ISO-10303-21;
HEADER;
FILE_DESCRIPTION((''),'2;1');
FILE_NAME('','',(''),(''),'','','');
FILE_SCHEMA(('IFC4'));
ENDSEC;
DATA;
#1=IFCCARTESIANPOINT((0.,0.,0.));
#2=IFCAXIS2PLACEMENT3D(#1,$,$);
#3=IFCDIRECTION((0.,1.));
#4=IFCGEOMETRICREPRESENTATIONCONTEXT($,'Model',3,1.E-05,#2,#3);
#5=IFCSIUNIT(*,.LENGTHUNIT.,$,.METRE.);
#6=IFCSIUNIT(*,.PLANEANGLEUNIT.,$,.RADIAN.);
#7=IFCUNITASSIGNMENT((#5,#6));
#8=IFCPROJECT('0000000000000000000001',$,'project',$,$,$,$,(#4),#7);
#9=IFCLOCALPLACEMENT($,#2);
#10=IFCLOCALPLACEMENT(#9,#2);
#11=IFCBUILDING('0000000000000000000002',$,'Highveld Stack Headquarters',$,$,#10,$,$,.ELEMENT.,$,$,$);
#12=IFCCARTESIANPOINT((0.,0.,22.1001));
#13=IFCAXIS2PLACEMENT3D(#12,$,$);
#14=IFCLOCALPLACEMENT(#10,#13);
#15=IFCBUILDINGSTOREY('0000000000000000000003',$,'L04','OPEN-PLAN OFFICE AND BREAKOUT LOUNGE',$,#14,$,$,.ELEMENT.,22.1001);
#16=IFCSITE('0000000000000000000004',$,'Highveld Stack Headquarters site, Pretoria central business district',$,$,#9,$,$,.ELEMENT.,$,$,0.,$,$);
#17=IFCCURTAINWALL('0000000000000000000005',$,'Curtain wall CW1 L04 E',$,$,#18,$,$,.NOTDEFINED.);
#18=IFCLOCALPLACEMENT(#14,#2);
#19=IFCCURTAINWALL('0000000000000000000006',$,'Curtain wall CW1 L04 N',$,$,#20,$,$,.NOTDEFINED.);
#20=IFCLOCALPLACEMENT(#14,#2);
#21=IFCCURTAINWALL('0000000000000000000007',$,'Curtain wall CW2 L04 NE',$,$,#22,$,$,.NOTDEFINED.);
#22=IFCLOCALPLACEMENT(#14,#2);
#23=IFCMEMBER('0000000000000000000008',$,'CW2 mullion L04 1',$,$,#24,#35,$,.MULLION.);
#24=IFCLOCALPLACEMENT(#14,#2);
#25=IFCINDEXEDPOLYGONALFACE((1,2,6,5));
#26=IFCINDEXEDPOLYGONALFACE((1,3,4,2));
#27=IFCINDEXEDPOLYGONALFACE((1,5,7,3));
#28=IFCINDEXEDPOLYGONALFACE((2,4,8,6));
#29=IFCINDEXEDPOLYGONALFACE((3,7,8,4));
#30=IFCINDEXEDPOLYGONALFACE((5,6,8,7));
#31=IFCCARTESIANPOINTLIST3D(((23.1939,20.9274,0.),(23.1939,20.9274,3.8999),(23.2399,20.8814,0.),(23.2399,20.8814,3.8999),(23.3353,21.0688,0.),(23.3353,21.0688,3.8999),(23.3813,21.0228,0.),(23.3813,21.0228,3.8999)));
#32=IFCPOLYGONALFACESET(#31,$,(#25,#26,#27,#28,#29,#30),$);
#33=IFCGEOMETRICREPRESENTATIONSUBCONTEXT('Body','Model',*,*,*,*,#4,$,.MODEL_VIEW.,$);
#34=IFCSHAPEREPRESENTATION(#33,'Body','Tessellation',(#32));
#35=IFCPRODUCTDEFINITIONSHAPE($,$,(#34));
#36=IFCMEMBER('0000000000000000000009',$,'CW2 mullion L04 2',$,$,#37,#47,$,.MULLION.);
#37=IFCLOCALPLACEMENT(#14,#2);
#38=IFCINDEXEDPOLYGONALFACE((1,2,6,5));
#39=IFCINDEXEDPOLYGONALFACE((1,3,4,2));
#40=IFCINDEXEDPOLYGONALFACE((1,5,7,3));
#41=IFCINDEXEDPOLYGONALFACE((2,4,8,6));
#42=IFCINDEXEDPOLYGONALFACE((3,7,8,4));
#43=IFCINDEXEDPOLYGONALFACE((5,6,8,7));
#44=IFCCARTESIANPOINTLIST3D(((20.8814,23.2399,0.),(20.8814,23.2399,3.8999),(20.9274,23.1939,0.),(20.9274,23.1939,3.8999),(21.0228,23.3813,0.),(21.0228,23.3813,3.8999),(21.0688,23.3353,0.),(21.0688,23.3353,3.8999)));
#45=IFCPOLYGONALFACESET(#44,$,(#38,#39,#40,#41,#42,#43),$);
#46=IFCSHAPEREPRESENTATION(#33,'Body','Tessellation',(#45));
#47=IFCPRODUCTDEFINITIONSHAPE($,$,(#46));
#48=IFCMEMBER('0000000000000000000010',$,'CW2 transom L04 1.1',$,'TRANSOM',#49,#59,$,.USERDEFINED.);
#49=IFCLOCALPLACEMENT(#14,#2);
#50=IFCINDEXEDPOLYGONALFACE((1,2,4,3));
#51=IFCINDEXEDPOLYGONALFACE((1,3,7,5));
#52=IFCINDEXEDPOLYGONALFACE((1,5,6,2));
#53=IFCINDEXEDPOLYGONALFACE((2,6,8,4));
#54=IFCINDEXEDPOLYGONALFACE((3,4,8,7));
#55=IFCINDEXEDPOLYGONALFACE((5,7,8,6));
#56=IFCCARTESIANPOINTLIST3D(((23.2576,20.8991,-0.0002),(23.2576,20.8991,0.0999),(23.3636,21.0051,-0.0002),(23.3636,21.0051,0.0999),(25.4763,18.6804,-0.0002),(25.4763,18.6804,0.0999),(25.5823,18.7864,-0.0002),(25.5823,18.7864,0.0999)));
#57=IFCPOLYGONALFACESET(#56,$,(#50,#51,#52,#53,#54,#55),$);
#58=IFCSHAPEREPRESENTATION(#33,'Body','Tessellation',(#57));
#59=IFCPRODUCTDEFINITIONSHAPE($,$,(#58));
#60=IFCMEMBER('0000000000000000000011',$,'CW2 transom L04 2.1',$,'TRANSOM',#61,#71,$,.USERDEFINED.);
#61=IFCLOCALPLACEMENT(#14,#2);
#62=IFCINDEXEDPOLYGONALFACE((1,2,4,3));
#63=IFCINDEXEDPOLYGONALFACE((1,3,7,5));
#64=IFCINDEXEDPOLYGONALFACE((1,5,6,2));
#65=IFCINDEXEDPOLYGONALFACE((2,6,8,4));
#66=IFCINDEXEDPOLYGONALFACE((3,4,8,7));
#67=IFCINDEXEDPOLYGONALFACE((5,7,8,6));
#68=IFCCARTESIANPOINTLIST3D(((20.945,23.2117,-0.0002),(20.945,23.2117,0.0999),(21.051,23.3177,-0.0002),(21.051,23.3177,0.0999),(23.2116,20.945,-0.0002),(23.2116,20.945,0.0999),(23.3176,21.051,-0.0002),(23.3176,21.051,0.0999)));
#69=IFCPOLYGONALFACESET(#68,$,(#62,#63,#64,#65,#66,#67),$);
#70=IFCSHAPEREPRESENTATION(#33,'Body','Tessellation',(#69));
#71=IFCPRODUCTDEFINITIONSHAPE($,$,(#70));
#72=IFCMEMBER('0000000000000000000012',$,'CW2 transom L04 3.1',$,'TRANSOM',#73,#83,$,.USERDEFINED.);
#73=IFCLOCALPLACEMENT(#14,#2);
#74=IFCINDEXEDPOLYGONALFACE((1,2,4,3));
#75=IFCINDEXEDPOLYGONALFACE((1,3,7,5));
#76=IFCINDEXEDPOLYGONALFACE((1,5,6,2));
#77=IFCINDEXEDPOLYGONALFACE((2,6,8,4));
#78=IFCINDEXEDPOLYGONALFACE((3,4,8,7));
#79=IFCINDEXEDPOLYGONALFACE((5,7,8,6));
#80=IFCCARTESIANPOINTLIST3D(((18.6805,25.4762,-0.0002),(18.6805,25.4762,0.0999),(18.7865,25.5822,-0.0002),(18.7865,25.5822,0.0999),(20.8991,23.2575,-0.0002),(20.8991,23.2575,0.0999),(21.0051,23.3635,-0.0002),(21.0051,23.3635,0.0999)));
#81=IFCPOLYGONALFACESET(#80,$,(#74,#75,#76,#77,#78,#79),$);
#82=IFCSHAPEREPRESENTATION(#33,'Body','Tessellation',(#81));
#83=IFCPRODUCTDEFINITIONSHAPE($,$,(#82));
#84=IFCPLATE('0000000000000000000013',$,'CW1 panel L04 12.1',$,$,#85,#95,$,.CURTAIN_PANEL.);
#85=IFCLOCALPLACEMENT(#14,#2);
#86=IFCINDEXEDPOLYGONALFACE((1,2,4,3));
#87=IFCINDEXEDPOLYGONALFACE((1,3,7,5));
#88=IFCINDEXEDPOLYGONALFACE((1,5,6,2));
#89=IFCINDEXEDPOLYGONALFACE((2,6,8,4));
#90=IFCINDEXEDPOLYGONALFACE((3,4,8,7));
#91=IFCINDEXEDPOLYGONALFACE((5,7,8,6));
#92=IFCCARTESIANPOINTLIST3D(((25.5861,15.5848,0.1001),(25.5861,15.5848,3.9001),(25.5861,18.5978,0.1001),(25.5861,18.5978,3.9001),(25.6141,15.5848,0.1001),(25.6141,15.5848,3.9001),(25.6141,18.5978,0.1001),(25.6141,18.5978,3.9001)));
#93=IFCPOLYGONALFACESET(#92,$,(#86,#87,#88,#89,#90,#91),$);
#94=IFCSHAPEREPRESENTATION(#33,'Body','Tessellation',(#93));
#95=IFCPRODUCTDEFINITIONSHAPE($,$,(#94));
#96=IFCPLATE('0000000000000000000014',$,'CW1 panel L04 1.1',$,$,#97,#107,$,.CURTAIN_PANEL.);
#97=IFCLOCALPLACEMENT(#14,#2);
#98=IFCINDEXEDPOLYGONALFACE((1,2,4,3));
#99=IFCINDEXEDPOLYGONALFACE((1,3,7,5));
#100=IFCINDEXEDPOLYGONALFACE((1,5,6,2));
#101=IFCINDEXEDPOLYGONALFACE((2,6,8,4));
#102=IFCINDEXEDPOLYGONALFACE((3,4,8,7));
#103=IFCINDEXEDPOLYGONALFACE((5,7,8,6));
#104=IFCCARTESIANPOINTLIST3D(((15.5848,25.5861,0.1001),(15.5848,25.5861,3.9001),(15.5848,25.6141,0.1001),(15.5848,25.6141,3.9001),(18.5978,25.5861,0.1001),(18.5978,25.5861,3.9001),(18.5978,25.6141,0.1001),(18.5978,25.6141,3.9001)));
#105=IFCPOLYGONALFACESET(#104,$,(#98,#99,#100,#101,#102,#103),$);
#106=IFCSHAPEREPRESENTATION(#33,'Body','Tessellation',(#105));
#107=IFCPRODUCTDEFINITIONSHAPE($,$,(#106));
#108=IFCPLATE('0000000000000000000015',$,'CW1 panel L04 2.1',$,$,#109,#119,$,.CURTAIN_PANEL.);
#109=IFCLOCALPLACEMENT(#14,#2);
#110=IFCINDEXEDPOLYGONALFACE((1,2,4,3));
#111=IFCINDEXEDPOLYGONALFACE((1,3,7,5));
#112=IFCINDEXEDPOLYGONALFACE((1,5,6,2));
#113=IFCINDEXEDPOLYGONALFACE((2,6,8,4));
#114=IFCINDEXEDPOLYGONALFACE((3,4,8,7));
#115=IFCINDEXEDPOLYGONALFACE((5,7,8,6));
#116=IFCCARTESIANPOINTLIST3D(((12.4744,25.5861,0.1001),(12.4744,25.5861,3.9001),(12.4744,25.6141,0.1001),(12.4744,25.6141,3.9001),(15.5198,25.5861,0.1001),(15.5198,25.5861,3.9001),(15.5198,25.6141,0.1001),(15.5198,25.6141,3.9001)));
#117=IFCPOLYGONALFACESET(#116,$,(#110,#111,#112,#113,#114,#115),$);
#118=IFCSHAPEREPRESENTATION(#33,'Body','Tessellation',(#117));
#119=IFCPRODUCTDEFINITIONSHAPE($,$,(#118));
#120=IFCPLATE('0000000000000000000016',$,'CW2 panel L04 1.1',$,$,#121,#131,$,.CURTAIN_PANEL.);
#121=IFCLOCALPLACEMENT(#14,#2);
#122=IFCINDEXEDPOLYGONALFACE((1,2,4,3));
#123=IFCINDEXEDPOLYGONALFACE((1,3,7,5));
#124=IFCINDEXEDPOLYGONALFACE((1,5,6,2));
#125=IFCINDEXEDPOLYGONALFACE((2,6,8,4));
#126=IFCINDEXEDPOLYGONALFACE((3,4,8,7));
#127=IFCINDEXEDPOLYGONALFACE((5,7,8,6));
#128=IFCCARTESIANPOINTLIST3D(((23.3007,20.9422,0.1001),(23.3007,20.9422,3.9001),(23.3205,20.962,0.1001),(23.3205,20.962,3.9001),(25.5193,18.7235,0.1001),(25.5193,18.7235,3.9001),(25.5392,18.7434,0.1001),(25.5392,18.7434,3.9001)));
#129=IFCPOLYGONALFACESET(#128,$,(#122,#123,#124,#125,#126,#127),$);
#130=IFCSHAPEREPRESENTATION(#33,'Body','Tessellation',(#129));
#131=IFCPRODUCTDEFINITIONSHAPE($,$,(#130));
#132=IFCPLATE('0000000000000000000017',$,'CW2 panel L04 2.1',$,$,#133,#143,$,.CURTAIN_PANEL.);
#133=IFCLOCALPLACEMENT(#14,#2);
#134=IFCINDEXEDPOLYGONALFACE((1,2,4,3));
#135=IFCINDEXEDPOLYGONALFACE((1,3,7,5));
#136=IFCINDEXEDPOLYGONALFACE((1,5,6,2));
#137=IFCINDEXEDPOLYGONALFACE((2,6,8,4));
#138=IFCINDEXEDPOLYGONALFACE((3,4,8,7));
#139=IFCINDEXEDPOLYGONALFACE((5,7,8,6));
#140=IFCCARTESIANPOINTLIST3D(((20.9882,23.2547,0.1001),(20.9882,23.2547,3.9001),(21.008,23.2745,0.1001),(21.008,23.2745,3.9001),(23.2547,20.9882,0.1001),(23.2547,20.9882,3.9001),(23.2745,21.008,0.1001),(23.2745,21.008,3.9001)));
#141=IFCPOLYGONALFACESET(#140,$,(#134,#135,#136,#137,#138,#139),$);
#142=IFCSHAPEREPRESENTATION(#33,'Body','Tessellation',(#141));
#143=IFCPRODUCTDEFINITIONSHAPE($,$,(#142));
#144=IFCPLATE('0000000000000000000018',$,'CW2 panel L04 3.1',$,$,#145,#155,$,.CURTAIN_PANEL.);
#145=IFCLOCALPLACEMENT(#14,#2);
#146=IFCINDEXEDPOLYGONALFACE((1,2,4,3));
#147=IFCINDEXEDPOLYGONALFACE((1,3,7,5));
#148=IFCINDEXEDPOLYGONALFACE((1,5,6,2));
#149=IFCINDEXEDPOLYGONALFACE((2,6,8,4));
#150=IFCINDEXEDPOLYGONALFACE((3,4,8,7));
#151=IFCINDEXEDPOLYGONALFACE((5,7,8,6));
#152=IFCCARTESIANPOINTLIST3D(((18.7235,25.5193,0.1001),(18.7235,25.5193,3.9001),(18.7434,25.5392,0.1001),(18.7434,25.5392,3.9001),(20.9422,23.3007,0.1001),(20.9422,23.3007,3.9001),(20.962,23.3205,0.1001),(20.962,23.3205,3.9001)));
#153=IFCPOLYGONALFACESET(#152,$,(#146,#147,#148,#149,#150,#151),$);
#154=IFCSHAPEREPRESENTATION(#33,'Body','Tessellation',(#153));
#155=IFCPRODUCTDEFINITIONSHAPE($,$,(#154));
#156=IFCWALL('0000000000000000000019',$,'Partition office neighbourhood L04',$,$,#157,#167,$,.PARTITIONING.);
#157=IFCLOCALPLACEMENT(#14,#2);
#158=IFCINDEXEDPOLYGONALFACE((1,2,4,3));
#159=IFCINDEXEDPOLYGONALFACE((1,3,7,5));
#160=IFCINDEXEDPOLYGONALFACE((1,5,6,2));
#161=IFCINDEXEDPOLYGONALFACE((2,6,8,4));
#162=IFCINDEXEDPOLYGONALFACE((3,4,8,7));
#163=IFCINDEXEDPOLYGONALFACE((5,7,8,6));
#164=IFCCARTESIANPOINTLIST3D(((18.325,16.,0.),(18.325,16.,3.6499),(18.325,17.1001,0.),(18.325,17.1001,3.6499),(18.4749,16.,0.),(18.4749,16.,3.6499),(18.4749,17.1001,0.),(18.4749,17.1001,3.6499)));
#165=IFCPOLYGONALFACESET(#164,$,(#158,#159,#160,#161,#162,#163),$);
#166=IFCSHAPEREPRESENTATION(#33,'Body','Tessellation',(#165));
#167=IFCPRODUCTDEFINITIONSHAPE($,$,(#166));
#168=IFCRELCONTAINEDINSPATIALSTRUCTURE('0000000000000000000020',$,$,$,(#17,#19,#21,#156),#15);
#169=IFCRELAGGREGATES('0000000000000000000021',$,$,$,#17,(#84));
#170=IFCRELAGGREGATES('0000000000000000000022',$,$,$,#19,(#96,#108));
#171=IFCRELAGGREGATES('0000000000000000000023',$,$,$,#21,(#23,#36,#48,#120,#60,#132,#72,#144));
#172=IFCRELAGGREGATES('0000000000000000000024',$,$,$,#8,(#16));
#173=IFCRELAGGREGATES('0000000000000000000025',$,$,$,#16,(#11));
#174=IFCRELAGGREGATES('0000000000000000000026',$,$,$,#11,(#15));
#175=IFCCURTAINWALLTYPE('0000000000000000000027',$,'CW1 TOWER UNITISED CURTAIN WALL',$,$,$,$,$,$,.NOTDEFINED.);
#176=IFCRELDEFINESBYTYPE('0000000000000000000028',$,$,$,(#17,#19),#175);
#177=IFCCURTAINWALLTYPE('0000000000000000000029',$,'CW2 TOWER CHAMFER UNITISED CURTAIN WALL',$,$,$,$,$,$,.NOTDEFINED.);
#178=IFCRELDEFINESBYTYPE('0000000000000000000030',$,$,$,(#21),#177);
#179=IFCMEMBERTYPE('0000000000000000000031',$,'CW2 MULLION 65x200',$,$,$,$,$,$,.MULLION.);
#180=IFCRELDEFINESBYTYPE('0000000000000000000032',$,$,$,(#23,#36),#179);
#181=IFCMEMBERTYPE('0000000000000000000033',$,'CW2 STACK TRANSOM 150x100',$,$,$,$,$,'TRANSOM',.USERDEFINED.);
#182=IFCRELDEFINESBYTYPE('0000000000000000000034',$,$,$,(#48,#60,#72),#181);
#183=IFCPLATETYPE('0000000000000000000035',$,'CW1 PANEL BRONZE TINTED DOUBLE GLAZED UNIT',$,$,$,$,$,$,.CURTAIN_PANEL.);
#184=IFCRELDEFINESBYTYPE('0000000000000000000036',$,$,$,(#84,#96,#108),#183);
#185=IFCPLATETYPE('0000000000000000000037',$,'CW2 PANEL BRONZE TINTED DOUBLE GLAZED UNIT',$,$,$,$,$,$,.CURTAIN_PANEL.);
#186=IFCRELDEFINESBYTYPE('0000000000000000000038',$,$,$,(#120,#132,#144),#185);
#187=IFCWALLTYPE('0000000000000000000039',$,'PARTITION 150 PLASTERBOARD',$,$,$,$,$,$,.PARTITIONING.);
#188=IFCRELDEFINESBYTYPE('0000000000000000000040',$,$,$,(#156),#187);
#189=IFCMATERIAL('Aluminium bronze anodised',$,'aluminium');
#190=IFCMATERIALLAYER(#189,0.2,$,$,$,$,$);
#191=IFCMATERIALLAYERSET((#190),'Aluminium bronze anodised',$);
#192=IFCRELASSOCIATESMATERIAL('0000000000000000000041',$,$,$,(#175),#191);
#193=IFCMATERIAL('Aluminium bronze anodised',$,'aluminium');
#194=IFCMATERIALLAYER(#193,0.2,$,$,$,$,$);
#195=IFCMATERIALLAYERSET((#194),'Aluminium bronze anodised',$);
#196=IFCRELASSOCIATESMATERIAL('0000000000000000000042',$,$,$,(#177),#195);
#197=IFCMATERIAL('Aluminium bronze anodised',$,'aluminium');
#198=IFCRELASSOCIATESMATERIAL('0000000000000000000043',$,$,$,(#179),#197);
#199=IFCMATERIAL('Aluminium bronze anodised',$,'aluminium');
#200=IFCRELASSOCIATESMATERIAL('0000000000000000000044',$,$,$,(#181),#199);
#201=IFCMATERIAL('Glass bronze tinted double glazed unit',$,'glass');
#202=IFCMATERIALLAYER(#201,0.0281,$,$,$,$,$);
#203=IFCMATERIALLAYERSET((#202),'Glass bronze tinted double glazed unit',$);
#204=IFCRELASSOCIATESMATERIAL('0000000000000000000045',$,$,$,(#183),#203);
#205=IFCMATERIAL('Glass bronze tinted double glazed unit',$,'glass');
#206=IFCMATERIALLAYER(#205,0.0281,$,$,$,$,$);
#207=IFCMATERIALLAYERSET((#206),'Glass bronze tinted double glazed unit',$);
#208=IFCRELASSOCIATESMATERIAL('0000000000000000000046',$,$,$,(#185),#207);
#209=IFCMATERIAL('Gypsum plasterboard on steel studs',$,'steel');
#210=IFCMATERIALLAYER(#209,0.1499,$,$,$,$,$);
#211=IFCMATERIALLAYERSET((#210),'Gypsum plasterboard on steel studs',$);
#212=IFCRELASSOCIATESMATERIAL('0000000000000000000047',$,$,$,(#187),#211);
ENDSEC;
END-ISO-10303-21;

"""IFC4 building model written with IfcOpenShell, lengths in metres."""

from ifc_helpers import new_model, si_unit, direction, frame, frame_2d, origin, origin_2d, place, context, subcontext, project, spatial, rectangle, extrude, material, layer, layer_set, material_profile, profile_set, type_object, element, aggregate, save


model = new_model("IFC4")

# Units and contexts
model_context = context("Model", 3, precision=1e-05, world=origin(), true_north=direction((0.0, 1.0)))
body_context = subcontext(model_context, "Body", "Model", "MODEL_VIEW")
ifc_project = project(units=[si_unit("LENGTHUNIT", "METRE"), si_unit("PLANEANGLEUNIT", "RADIAN")], contexts=[model_context])

# Site, building, storey
site_placement = place(None, origin())
site = spatial("IfcSite", under=ifc_project, at=site_placement, Name="Highveld Stack Headquarters site, Pretoria central business district", CompositionType="ELEMENT", RefElevation=0.0)
building_placement = place(site_placement, origin())
building = spatial("IfcBuilding", under=site, at=building_placement, Name="Highveld Stack Headquarters", CompositionType="ELEMENT")
storey_placement = place(building_placement, frame((0.0, 0.0, 22.1001)))
storey = spatial("IfcBuildingStorey", under=building, at=storey_placement, Name="L04", Description="OPEN-PLAN OFFICE AND BREAKOUT LOUNGE", CompositionType="ELEMENT", Elevation=22.1001)

# Curtain wall
ifc_material_1 = material(Name="Aluminium bronze anodised", Category="aluminium")
ifc_layer_1 = layer(ifc_material_1, 0.2)
ifc_layer_set_1 = layer_set([ifc_layer_1], Name="Aluminium bronze anodised")
curtain_wall_type_1 = type_object("IfcCurtainWallType", Name="CW1 TOWER UNITISED CURTAIN WALL", PredefinedType="NOTDEFINED", material=ifc_layer_set_1)
curtain_wall_1_placement = place(storey_placement, origin())
curtain_wall_1 = element("IfcCurtainWall", 1, at=curtain_wall_1_placement, inside=storey, type_object=curtain_wall_type_1, Name="Curtain wall CW1 L04 E", PredefinedType="NOTDEFINED")

# Curtain wall
curtain_wall_2_placement = place(storey_placement, origin())
curtain_wall_2 = element("IfcCurtainWall", 2, at=curtain_wall_2_placement, inside=storey, type_object=curtain_wall_type_1, Name="Curtain wall CW1 L04 N", PredefinedType="NOTDEFINED")

# Curtain wall, members
ifc_material_2 = material(Name="Aluminium bronze anodised", Category="aluminium")
ifc_layer_2 = layer(ifc_material_2, 0.2)
ifc_layer_set_2 = layer_set([ifc_layer_2], Name="Aluminium bronze anodised")
curtain_wall_type_2 = type_object("IfcCurtainWallType", Name="CW2 TOWER CHAMFER UNITISED CURTAIN WALL", PredefinedType="NOTDEFINED", material=ifc_layer_set_2)
curtain_wall_3_placement = place(storey_placement, origin())
curtain_wall_3 = element("IfcCurtainWall", 3, at=curtain_wall_3_placement, inside=storey, type_object=curtain_wall_type_2, Name="Curtain wall CW2 L04 NE", PredefinedType="NOTDEFINED")
ifc_material_3 = material(Name="Aluminium bronze anodised", Category="aluminium")
ifc_material_profile_1 = material_profile(ifc_material_3, rectangle(XDim=0.2, YDim=0.0649, at=origin_2d()), Name="CW2 MULLION 65x200")
ifc_profile_set_1 = profile_set([ifc_material_profile_1], Name="Aluminium bronze anodised")
member_type_1 = type_object("IfcMemberType", Name="CW2 MULLION 65x200", PredefinedType="MULLION", material=ifc_profile_set_1)
member_1_placement = place(storey_placement, frame((23.2876, 20.9751, 0.0), z_axis=(0.0, 0.0, 1.0), x_axis=(-0.707107, -0.707107, 0.0)))
member_1 = element("IfcMember", 4, at=member_1_placement, type_object=member_type_1, Name="CW2 mullion L04 1", PredefinedType="MULLION", context=body_context, shape_type="SweptSolid", body=[
    extrude(rectangle(XDim=0.2, YDim=0.0649, at=origin_2d()), origin(), (0.0, 0.0, 1.0), 3.8999),
])
member_2_placement = place(storey_placement, frame((20.9751, 23.2876, 0.0), z_axis=(0.0, 0.0, 1.0), x_axis=(-0.707107, -0.707107, 0.0)))
member_2 = element("IfcMember", 5, at=member_2_placement, type_object=member_type_1, Name="CW2 mullion L04 2", PredefinedType="MULLION", context=body_context, shape_type="SweptSolid", body=[
    extrude(rectangle(XDim=0.2, YDim=0.0649, at=origin_2d()), origin(), (0.0, 0.0, 1.0), 3.8999),
])
ifc_material_4 = material(Name="Aluminium bronze anodised", Category="aluminium")
ifc_material_profile_2 = material_profile(ifc_material_4, rectangle(XDim=0.1499, YDim=0.1001, at=origin_2d()), Name="CW2 TRANSOM 150x100")
ifc_profile_set_2 = profile_set([ifc_material_profile_2], Name="Aluminium bronze anodised")
member_type_2 = type_object("IfcMemberType", Name="CW2 STACK TRANSOM 150x100", ElementType="TRANSOM", PredefinedType="USERDEFINED", material=ifc_profile_set_2)
member_3_placement = place(storey_placement, frame((25.5293, 18.7334, 0.0498), z_axis=(-0.707107, 0.707107, 0.0), x_axis=(-0.707107, -0.707107, 0.0)))
member_3 = element("IfcMember", 6, at=member_3_placement, type_object=member_type_2, Name="CW2 transom L04 1.1", ObjectType="TRANSOM", PredefinedType="USERDEFINED", context=body_context, shape_type="SweptSolid", body=[
    extrude(rectangle(XDim=0.1499, YDim=0.1001, at=origin_2d()), origin(), (0.0, 0.0, 1.0), 3.1377),
])
member_4_placement = place(storey_placement, frame((23.2646, 20.998, 0.0498), z_axis=(-0.707107, 0.707107, 0.0), x_axis=(-0.707107, -0.707107, 0.0)))
member_4 = element("IfcMember", 7, at=member_4_placement, type_object=member_type_2, Name="CW2 transom L04 2.1", ObjectType="TRANSOM", PredefinedType="USERDEFINED", context=body_context, shape_type="SweptSolid", body=[
    extrude(rectangle(XDim=0.1499, YDim=0.1001, at=origin_2d()), origin(), (0.0, 0.0, 1.0), 3.2056),
])
member_5_placement = place(storey_placement, frame((20.9521, 23.3105, 0.0498), z_axis=(-0.707107, 0.707107, 0.0), x_axis=(-0.707107, -0.707107, 0.0)))
member_5 = element("IfcMember", 8, at=member_5_placement, type_object=member_type_2, Name="CW2 transom L04 3.1", ObjectType="TRANSOM", PredefinedType="USERDEFINED", context=body_context, shape_type="SweptSolid", body=[
    extrude(rectangle(XDim=0.1499, YDim=0.1001, at=origin_2d()), origin(), (0.0, 0.0, 1.0), 3.1377),
])

# Plates
ifc_material_5 = material(Name="Glass bronze tinted double glazed unit", Category="glass")
ifc_layer_3 = layer(ifc_material_5, 0.0281)
ifc_layer_set_3 = layer_set([ifc_layer_3], Name="Glass bronze tinted double glazed unit")
plate_type_1 = type_object("IfcPlateType", Name="CW1 PANEL BRONZE TINTED DOUBLE GLAZED UNIT", PredefinedType="CURTAIN_PANEL", material=ifc_layer_set_3)
plate_1_placement = place(storey_placement, frame((25.6001, 17.0913, 0.1001), z_axis=(0.0, 0.0, 1.0), x_axis=(0.0, 1.0, 0.0)))
plate_1 = element("IfcPlate", 9, at=plate_1_placement, type_object=plate_type_1, Name="CW1 panel L04 12.1", PredefinedType="CURTAIN_PANEL", context=body_context, shape_type="SweptSolid", body=[
    extrude(rectangle(XDim=3.0129, YDim=0.0281, at=origin_2d()), origin(), (0.0, 0.0, 1.0), 3.8),
])
aggregate(curtain_wall_1, [plate_1])
plate_2_placement = place(storey_placement, frame((17.0913, 25.6001, 0.1001), z_axis=(0.0, 0.0, 1.0), x_axis=(-1.0, 0.0, 0.0)))
plate_2 = element("IfcPlate", 10, at=plate_2_placement, type_object=plate_type_1, Name="CW1 panel L04 1.1", PredefinedType="CURTAIN_PANEL", context=body_context, shape_type="SweptSolid", body=[
    extrude(rectangle(XDim=3.0129, YDim=0.0281, at=origin_2d()), origin(), (0.0, 0.0, 1.0), 3.8),
])
plate_3_placement = place(storey_placement, frame((13.9971, 25.6001, 0.1001), z_axis=(0.0, 0.0, 1.0), x_axis=(-1.0, 0.0, 0.0)))
plate_3 = element("IfcPlate", 11, at=plate_3_placement, type_object=plate_type_1, Name="CW1 panel L04 2.1", PredefinedType="CURTAIN_PANEL", context=body_context, shape_type="SweptSolid", body=[
    extrude(rectangle(XDim=3.0454, YDim=0.0281, at=origin_2d()), origin(), (0.0, 0.0, 1.0), 3.8),
])
aggregate(curtain_wall_2, [plate_2, plate_3])
ifc_material_6 = material(Name="Glass bronze tinted double glazed unit", Category="glass")
ifc_layer_4 = layer(ifc_material_6, 0.0281)
ifc_layer_set_4 = layer_set([ifc_layer_4], Name="Glass bronze tinted double glazed unit")
plate_type_2 = type_object("IfcPlateType", Name="CW2 PANEL BRONZE TINTED DOUBLE GLAZED UNIT", PredefinedType="CURTAIN_PANEL", material=ifc_layer_set_4)
plate_4_placement = place(storey_placement, frame((24.4199, 19.8428, 0.1001), z_axis=(0.0, 0.0, 1.0), x_axis=(-0.707107, 0.707107, 0.0)))
plate_4 = element("IfcPlate", 12, at=plate_4_placement, type_object=plate_type_2, Name="CW2 panel L04 1.1", PredefinedType="CURTAIN_PANEL", context=body_context, shape_type="SweptSolid", body=[
    extrude(rectangle(XDim=3.1377, YDim=0.0281, at=origin_2d()), origin(), (0.0, 0.0, 1.0), 3.8),
])
plate_5_placement = place(storey_placement, frame((22.1313, 22.1313, 0.1001), z_axis=(0.0, 0.0, 1.0), x_axis=(-0.707107, 0.707107, 0.0)))
plate_5 = element("IfcPlate", 13, at=plate_5_placement, type_object=plate_type_2, Name="CW2 panel L04 2.1", PredefinedType="CURTAIN_PANEL", context=body_context, shape_type="SweptSolid", body=[
    extrude(rectangle(XDim=3.2053, YDim=0.0281, at=origin_2d()), origin(), (0.0, 0.0, 1.0), 3.8),
])
plate_6_placement = place(storey_placement, frame((19.8428, 24.4199, 0.1001), z_axis=(0.0, 0.0, 1.0), x_axis=(-0.707107, 0.707107, 0.0)))
plate_6 = element("IfcPlate", 14, at=plate_6_placement, type_object=plate_type_2, Name="CW2 panel L04 3.1", PredefinedType="CURTAIN_PANEL", context=body_context, shape_type="SweptSolid", body=[
    extrude(rectangle(XDim=3.1377, YDim=0.0281, at=origin_2d()), origin(), (0.0, 0.0, 1.0), 3.8),
])
aggregate(curtain_wall_3, [member_1, member_2, member_3, plate_4, member_4, plate_5, member_5, plate_6])

# Wall
ifc_material_7 = material(Name="Gypsum plasterboard on steel studs", Category="steel")
ifc_layer_5 = layer(ifc_material_7, 0.1499)
ifc_layer_set_5 = layer_set([ifc_layer_5], Name="Gypsum plasterboard on steel studs")
wall_type = type_object("IfcWallType", Name="PARTITION 150 PLASTERBOARD", PredefinedType="PARTITIONING", material=ifc_layer_set_5)
wall_1_placement = place(storey_placement, frame((18.3999, 16.0, 0.0), z_axis=(0.0, 0.0, 1.0), x_axis=(0.0, 1.0, 0.0)))
element("IfcWall", 15, at=wall_1_placement, inside=storey, type_object=wall_type, Name="Partition office neighbourhood L04", PredefinedType="PARTITIONING", context=body_context, shape_type="SweptSolid", body=[
    extrude(rectangle(XDim=1.1001, YDim=0.1499, at=frame_2d((0.55, 0.0))), origin(), (0.0, 0.0, 1.0), 3.6499),
])

save(model, "model.ifc")
